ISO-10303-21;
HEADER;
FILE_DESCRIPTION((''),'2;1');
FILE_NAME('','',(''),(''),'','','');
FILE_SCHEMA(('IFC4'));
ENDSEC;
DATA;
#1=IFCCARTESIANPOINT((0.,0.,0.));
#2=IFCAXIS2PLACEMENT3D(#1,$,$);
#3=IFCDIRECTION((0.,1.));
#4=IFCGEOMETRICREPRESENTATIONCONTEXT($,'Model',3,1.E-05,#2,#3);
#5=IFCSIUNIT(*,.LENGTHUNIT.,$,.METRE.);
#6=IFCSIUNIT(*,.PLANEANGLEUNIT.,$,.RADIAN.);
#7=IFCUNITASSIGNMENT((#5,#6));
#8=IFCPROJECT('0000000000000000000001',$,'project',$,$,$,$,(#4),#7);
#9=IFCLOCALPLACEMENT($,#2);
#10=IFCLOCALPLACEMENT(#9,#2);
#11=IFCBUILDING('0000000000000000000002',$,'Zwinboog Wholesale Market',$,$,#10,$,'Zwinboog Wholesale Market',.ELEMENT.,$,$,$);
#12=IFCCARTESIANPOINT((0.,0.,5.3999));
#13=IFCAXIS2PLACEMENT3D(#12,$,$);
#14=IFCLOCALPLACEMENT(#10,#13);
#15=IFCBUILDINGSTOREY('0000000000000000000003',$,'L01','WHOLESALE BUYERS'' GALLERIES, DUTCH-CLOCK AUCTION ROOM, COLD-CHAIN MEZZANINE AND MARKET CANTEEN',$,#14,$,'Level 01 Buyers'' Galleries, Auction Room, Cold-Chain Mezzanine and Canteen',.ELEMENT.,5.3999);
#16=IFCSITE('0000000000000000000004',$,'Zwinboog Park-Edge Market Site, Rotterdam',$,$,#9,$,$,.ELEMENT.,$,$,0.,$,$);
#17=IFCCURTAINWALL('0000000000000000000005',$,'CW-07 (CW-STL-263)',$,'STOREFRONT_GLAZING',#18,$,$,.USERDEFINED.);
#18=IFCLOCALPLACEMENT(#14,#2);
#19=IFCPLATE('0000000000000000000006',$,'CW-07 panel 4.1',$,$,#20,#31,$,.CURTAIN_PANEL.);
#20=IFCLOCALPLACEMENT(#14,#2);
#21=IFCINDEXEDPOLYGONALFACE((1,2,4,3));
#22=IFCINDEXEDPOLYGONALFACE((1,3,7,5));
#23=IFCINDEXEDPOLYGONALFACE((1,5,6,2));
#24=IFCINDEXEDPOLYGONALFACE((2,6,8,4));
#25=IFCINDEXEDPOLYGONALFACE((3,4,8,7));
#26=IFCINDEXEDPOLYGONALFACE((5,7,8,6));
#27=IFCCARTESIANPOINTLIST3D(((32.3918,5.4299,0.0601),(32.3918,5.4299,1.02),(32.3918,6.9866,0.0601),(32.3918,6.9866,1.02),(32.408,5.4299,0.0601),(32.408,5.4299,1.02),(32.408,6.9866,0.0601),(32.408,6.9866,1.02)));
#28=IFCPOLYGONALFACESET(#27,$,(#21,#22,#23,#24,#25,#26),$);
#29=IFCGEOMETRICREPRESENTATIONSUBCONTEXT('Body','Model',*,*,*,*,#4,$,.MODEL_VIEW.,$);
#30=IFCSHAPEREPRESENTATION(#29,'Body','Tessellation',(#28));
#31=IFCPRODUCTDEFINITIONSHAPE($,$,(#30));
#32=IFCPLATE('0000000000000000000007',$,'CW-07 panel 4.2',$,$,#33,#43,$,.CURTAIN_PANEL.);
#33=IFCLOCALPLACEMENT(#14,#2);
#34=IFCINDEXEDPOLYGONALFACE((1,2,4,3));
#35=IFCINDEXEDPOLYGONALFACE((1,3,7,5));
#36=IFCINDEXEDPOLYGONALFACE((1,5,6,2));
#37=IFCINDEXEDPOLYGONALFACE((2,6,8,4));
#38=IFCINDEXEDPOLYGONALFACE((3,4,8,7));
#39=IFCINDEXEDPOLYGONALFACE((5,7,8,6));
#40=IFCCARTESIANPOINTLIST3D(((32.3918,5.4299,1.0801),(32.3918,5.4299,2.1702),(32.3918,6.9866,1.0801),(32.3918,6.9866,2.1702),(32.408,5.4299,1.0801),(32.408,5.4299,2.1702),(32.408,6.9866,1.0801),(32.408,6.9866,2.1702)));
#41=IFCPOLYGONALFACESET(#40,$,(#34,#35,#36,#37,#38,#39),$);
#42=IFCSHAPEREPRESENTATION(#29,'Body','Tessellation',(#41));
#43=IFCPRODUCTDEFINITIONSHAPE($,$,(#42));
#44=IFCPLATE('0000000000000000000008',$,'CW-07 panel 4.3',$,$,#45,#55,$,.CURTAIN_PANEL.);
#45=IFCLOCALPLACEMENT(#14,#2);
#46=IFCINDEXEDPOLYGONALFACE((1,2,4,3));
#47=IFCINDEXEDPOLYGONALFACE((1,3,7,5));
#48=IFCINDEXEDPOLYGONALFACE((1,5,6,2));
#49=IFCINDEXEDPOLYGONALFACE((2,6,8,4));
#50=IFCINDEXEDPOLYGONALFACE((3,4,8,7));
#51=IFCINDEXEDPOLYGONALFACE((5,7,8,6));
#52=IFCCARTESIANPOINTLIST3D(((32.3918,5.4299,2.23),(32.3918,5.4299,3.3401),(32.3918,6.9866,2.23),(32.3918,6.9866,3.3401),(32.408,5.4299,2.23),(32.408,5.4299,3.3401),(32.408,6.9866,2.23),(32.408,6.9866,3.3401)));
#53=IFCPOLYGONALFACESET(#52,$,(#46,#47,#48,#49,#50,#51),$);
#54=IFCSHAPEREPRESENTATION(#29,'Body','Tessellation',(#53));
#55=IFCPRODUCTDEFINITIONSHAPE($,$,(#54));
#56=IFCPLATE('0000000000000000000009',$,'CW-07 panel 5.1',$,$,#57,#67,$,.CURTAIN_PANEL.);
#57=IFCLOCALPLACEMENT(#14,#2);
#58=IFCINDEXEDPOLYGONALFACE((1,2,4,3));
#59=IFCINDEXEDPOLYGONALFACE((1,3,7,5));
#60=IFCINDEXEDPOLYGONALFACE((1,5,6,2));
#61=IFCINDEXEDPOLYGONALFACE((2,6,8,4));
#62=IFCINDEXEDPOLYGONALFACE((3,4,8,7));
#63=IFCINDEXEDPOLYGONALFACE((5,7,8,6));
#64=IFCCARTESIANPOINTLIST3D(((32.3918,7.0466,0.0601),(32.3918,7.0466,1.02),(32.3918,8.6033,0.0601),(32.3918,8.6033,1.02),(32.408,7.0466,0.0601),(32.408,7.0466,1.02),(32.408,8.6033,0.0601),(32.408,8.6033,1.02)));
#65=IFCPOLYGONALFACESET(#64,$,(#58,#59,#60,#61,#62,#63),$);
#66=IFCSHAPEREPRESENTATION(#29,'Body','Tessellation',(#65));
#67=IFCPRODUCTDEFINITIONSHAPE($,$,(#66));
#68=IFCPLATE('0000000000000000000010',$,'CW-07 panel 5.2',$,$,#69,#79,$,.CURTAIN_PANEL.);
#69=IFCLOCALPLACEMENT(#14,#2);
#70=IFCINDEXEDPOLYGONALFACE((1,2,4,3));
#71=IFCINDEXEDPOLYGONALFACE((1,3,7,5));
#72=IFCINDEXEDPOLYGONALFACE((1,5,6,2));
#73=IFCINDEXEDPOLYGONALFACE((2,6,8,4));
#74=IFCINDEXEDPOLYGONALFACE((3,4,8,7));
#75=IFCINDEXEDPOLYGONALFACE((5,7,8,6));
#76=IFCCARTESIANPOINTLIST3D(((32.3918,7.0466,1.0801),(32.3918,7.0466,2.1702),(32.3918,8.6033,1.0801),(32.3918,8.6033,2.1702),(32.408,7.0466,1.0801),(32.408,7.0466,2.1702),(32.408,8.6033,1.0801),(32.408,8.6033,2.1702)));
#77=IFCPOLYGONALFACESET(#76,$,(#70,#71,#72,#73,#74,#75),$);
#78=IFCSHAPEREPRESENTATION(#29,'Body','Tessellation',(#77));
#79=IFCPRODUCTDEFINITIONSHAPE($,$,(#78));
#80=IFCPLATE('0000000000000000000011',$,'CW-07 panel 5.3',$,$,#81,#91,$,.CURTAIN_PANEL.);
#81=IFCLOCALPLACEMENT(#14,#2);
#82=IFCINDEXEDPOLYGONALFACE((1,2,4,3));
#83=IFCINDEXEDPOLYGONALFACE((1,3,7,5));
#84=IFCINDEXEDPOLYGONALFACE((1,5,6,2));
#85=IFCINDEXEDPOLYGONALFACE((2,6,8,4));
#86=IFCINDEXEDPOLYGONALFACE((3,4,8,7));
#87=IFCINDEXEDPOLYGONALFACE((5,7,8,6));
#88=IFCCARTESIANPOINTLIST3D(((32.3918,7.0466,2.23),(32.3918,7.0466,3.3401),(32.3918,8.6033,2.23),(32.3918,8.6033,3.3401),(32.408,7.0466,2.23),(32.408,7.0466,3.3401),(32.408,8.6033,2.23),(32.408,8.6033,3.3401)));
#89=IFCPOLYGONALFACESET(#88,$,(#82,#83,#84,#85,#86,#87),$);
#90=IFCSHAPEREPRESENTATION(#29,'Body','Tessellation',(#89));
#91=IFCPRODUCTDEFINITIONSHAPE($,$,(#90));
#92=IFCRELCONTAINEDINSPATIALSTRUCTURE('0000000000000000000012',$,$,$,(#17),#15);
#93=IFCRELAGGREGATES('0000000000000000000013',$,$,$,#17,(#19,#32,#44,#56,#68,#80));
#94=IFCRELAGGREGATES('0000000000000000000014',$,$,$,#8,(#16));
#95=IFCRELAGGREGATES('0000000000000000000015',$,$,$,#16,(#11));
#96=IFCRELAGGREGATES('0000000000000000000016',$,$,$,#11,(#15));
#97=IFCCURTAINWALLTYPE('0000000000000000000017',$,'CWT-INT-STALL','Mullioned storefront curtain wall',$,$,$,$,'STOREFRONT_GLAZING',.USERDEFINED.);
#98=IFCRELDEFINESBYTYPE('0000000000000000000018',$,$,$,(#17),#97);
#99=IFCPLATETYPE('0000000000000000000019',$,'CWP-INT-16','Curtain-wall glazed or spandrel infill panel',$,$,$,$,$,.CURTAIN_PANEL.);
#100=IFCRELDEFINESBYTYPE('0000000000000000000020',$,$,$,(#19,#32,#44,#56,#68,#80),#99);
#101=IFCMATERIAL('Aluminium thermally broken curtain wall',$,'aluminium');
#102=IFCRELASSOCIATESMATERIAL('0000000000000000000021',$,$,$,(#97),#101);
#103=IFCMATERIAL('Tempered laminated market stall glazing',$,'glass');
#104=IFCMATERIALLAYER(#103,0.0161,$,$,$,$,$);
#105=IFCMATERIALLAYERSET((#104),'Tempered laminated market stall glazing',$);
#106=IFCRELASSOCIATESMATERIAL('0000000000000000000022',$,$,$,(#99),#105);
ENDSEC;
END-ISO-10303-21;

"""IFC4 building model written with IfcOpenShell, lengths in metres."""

from ifc_helpers import new_model, si_unit, direction, frame, origin, origin_2d, place, context, subcontext, project, spatial, rectangle, extrude, material, layer, layer_set, type_object, element, aggregate, save


model = new_model("IFC4")

# Units and contexts
model_context = context("Model", 3, precision=1e-05, world=origin(), true_north=direction((0.0, 1.0)))
body_context = subcontext(model_context, "Body", "Model", "MODEL_VIEW")
ifc_project = project(units=[si_unit("LENGTHUNIT", "METRE"), si_unit("PLANEANGLEUNIT", "RADIAN")], contexts=[model_context])

# Site, building, storey
site_placement = place(None, origin())
site = spatial("IfcSite", under=ifc_project, at=site_placement, Name="Zwinboog Park-Edge Market Site, Rotterdam", CompositionType="ELEMENT", RefElevation=0.0)
building_placement = place(site_placement, origin())
building = spatial("IfcBuilding", under=site, at=building_placement, Name="Zwinboog Wholesale Market", LongName="Zwinboog Wholesale Market", CompositionType="ELEMENT")
storey_placement = place(building_placement, frame((0.0, 0.0, 5.3999)))
storey = spatial("IfcBuildingStorey", under=building, at=storey_placement, Name="L01", Description="WHOLESALE BUYERS' GALLERIES, DUTCH-CLOCK AUCTION ROOM, COLD-CHAIN MEZZANINE AND MARKET CANTEEN", LongName="Level 01 Buyers' Galleries, Auction Room, Cold-Chain Mezzanine and Canteen", CompositionType="ELEMENT", Elevation=5.3999)

# Curtain wall, plates
ifc_material_1 = material(Name="Aluminium thermally broken curtain wall", Category="aluminium")
curtain_wall_type = type_object("IfcCurtainWallType", Name="CWT-INT-STALL", Description="Mullioned storefront curtain wall", ElementType="STOREFRONT_GLAZING", PredefinedType="USERDEFINED", material=ifc_material_1)
curtain_wall_placement = place(storey_placement, origin())
curtain_wall = element("IfcCurtainWall", 1, at=curtain_wall_placement, inside=storey, type_object=curtain_wall_type, Name="CW-07 (CW-STL-263)", ObjectType="STOREFRONT_GLAZING", PredefinedType="USERDEFINED")
ifc_material_2 = material(Name="Tempered laminated market stall glazing", Category="glass")
ifc_layer = layer(ifc_material_2, 0.0161)
ifc_layer_set = layer_set([ifc_layer], Name="Tempered laminated market stall glazing")
plate_type = type_object("IfcPlateType", Name="CWP-INT-16", Description="Curtain-wall glazed or spandrel infill panel", PredefinedType="CURTAIN_PANEL", material=ifc_layer_set)
plate_1_placement = place(storey_placement, frame((32.3999, 6.2083, 0.0601), z_axis=(0.0, 0.0, 1.0), x_axis=(0.0, 1.0, 0.0)))
plate_1 = element("IfcPlate", 2, at=plate_1_placement, type_object=plate_type, Name="CW-07 panel 4.1", PredefinedType="CURTAIN_PANEL", context=body_context, shape_type="SweptSolid", body=[
    extrude(rectangle(XDim=1.5566, YDim=0.0161, at=origin_2d()), origin(), (0.0, 0.0, 1.0), 0.96),
])
plate_2_placement = place(storey_placement, frame((32.3999, 6.2083, 1.0801), z_axis=(0.0, 0.0, 1.0), x_axis=(0.0, 1.0, 0.0)))
plate_2 = element("IfcPlate", 3, at=plate_2_placement, type_object=plate_type, Name="CW-07 panel 4.2", PredefinedType="CURTAIN_PANEL", context=body_context, shape_type="SweptSolid", body=[
    extrude(rectangle(XDim=1.5566, YDim=0.0161, at=origin_2d()), origin(), (0.0, 0.0, 1.0), 1.0901),
])
plate_3_placement = place(storey_placement, frame((32.3999, 6.2083, 2.23), z_axis=(0.0, 0.0, 1.0), x_axis=(0.0, 1.0, 0.0)))
plate_3 = element("IfcPlate", 4, at=plate_3_placement, type_object=plate_type, Name="CW-07 panel 4.3", PredefinedType="CURTAIN_PANEL", context=body_context, shape_type="SweptSolid", body=[
    extrude(rectangle(XDim=1.5566, YDim=0.0161, at=origin_2d()), origin(), (0.0, 0.0, 1.0), 1.1101),
])
plate_4_placement = place(storey_placement, frame((32.3999, 7.825, 0.0601), z_axis=(0.0, 0.0, 1.0), x_axis=(0.0, 1.0, 0.0)))
plate_4 = element("IfcPlate", 5, at=plate_4_placement, type_object=plate_type, Name="CW-07 panel 5.1", PredefinedType="CURTAIN_PANEL", context=body_context, shape_type="SweptSolid", body=[
    extrude(rectangle(XDim=1.5566, YDim=0.0161, at=origin_2d()), origin(), (0.0, 0.0, 1.0), 0.96),
])
plate_5_placement = place(storey_placement, frame((32.3999, 7.825, 1.0801), z_axis=(0.0, 0.0, 1.0), x_axis=(0.0, 1.0, 0.0)))
plate_5 = element("IfcPlate", 6, at=plate_5_placement, type_object=plate_type, Name="CW-07 panel 5.2", PredefinedType="CURTAIN_PANEL", context=body_context, shape_type="SweptSolid", body=[
    extrude(rectangle(XDim=1.5566, YDim=0.0161, at=origin_2d()), origin(), (0.0, 0.0, 1.0), 1.0901),
])
plate_6_placement = place(storey_placement, frame((32.3999, 7.825, 2.23), z_axis=(0.0, 0.0, 1.0), x_axis=(0.0, 1.0, 0.0)))
plate_6 = element("IfcPlate", 7, at=plate_6_placement, type_object=plate_type, Name="CW-07 panel 5.3", PredefinedType="CURTAIN_PANEL", context=body_context, shape_type="SweptSolid", body=[
    extrude(rectangle(XDim=1.5566, YDim=0.0161, at=origin_2d()), origin(), (0.0, 0.0, 1.0), 1.1101),
])
aggregate(curtain_wall, [plate_1, plate_2, plate_3, plate_4, plate_5, plate_6])

save(model, "model.ifc")
